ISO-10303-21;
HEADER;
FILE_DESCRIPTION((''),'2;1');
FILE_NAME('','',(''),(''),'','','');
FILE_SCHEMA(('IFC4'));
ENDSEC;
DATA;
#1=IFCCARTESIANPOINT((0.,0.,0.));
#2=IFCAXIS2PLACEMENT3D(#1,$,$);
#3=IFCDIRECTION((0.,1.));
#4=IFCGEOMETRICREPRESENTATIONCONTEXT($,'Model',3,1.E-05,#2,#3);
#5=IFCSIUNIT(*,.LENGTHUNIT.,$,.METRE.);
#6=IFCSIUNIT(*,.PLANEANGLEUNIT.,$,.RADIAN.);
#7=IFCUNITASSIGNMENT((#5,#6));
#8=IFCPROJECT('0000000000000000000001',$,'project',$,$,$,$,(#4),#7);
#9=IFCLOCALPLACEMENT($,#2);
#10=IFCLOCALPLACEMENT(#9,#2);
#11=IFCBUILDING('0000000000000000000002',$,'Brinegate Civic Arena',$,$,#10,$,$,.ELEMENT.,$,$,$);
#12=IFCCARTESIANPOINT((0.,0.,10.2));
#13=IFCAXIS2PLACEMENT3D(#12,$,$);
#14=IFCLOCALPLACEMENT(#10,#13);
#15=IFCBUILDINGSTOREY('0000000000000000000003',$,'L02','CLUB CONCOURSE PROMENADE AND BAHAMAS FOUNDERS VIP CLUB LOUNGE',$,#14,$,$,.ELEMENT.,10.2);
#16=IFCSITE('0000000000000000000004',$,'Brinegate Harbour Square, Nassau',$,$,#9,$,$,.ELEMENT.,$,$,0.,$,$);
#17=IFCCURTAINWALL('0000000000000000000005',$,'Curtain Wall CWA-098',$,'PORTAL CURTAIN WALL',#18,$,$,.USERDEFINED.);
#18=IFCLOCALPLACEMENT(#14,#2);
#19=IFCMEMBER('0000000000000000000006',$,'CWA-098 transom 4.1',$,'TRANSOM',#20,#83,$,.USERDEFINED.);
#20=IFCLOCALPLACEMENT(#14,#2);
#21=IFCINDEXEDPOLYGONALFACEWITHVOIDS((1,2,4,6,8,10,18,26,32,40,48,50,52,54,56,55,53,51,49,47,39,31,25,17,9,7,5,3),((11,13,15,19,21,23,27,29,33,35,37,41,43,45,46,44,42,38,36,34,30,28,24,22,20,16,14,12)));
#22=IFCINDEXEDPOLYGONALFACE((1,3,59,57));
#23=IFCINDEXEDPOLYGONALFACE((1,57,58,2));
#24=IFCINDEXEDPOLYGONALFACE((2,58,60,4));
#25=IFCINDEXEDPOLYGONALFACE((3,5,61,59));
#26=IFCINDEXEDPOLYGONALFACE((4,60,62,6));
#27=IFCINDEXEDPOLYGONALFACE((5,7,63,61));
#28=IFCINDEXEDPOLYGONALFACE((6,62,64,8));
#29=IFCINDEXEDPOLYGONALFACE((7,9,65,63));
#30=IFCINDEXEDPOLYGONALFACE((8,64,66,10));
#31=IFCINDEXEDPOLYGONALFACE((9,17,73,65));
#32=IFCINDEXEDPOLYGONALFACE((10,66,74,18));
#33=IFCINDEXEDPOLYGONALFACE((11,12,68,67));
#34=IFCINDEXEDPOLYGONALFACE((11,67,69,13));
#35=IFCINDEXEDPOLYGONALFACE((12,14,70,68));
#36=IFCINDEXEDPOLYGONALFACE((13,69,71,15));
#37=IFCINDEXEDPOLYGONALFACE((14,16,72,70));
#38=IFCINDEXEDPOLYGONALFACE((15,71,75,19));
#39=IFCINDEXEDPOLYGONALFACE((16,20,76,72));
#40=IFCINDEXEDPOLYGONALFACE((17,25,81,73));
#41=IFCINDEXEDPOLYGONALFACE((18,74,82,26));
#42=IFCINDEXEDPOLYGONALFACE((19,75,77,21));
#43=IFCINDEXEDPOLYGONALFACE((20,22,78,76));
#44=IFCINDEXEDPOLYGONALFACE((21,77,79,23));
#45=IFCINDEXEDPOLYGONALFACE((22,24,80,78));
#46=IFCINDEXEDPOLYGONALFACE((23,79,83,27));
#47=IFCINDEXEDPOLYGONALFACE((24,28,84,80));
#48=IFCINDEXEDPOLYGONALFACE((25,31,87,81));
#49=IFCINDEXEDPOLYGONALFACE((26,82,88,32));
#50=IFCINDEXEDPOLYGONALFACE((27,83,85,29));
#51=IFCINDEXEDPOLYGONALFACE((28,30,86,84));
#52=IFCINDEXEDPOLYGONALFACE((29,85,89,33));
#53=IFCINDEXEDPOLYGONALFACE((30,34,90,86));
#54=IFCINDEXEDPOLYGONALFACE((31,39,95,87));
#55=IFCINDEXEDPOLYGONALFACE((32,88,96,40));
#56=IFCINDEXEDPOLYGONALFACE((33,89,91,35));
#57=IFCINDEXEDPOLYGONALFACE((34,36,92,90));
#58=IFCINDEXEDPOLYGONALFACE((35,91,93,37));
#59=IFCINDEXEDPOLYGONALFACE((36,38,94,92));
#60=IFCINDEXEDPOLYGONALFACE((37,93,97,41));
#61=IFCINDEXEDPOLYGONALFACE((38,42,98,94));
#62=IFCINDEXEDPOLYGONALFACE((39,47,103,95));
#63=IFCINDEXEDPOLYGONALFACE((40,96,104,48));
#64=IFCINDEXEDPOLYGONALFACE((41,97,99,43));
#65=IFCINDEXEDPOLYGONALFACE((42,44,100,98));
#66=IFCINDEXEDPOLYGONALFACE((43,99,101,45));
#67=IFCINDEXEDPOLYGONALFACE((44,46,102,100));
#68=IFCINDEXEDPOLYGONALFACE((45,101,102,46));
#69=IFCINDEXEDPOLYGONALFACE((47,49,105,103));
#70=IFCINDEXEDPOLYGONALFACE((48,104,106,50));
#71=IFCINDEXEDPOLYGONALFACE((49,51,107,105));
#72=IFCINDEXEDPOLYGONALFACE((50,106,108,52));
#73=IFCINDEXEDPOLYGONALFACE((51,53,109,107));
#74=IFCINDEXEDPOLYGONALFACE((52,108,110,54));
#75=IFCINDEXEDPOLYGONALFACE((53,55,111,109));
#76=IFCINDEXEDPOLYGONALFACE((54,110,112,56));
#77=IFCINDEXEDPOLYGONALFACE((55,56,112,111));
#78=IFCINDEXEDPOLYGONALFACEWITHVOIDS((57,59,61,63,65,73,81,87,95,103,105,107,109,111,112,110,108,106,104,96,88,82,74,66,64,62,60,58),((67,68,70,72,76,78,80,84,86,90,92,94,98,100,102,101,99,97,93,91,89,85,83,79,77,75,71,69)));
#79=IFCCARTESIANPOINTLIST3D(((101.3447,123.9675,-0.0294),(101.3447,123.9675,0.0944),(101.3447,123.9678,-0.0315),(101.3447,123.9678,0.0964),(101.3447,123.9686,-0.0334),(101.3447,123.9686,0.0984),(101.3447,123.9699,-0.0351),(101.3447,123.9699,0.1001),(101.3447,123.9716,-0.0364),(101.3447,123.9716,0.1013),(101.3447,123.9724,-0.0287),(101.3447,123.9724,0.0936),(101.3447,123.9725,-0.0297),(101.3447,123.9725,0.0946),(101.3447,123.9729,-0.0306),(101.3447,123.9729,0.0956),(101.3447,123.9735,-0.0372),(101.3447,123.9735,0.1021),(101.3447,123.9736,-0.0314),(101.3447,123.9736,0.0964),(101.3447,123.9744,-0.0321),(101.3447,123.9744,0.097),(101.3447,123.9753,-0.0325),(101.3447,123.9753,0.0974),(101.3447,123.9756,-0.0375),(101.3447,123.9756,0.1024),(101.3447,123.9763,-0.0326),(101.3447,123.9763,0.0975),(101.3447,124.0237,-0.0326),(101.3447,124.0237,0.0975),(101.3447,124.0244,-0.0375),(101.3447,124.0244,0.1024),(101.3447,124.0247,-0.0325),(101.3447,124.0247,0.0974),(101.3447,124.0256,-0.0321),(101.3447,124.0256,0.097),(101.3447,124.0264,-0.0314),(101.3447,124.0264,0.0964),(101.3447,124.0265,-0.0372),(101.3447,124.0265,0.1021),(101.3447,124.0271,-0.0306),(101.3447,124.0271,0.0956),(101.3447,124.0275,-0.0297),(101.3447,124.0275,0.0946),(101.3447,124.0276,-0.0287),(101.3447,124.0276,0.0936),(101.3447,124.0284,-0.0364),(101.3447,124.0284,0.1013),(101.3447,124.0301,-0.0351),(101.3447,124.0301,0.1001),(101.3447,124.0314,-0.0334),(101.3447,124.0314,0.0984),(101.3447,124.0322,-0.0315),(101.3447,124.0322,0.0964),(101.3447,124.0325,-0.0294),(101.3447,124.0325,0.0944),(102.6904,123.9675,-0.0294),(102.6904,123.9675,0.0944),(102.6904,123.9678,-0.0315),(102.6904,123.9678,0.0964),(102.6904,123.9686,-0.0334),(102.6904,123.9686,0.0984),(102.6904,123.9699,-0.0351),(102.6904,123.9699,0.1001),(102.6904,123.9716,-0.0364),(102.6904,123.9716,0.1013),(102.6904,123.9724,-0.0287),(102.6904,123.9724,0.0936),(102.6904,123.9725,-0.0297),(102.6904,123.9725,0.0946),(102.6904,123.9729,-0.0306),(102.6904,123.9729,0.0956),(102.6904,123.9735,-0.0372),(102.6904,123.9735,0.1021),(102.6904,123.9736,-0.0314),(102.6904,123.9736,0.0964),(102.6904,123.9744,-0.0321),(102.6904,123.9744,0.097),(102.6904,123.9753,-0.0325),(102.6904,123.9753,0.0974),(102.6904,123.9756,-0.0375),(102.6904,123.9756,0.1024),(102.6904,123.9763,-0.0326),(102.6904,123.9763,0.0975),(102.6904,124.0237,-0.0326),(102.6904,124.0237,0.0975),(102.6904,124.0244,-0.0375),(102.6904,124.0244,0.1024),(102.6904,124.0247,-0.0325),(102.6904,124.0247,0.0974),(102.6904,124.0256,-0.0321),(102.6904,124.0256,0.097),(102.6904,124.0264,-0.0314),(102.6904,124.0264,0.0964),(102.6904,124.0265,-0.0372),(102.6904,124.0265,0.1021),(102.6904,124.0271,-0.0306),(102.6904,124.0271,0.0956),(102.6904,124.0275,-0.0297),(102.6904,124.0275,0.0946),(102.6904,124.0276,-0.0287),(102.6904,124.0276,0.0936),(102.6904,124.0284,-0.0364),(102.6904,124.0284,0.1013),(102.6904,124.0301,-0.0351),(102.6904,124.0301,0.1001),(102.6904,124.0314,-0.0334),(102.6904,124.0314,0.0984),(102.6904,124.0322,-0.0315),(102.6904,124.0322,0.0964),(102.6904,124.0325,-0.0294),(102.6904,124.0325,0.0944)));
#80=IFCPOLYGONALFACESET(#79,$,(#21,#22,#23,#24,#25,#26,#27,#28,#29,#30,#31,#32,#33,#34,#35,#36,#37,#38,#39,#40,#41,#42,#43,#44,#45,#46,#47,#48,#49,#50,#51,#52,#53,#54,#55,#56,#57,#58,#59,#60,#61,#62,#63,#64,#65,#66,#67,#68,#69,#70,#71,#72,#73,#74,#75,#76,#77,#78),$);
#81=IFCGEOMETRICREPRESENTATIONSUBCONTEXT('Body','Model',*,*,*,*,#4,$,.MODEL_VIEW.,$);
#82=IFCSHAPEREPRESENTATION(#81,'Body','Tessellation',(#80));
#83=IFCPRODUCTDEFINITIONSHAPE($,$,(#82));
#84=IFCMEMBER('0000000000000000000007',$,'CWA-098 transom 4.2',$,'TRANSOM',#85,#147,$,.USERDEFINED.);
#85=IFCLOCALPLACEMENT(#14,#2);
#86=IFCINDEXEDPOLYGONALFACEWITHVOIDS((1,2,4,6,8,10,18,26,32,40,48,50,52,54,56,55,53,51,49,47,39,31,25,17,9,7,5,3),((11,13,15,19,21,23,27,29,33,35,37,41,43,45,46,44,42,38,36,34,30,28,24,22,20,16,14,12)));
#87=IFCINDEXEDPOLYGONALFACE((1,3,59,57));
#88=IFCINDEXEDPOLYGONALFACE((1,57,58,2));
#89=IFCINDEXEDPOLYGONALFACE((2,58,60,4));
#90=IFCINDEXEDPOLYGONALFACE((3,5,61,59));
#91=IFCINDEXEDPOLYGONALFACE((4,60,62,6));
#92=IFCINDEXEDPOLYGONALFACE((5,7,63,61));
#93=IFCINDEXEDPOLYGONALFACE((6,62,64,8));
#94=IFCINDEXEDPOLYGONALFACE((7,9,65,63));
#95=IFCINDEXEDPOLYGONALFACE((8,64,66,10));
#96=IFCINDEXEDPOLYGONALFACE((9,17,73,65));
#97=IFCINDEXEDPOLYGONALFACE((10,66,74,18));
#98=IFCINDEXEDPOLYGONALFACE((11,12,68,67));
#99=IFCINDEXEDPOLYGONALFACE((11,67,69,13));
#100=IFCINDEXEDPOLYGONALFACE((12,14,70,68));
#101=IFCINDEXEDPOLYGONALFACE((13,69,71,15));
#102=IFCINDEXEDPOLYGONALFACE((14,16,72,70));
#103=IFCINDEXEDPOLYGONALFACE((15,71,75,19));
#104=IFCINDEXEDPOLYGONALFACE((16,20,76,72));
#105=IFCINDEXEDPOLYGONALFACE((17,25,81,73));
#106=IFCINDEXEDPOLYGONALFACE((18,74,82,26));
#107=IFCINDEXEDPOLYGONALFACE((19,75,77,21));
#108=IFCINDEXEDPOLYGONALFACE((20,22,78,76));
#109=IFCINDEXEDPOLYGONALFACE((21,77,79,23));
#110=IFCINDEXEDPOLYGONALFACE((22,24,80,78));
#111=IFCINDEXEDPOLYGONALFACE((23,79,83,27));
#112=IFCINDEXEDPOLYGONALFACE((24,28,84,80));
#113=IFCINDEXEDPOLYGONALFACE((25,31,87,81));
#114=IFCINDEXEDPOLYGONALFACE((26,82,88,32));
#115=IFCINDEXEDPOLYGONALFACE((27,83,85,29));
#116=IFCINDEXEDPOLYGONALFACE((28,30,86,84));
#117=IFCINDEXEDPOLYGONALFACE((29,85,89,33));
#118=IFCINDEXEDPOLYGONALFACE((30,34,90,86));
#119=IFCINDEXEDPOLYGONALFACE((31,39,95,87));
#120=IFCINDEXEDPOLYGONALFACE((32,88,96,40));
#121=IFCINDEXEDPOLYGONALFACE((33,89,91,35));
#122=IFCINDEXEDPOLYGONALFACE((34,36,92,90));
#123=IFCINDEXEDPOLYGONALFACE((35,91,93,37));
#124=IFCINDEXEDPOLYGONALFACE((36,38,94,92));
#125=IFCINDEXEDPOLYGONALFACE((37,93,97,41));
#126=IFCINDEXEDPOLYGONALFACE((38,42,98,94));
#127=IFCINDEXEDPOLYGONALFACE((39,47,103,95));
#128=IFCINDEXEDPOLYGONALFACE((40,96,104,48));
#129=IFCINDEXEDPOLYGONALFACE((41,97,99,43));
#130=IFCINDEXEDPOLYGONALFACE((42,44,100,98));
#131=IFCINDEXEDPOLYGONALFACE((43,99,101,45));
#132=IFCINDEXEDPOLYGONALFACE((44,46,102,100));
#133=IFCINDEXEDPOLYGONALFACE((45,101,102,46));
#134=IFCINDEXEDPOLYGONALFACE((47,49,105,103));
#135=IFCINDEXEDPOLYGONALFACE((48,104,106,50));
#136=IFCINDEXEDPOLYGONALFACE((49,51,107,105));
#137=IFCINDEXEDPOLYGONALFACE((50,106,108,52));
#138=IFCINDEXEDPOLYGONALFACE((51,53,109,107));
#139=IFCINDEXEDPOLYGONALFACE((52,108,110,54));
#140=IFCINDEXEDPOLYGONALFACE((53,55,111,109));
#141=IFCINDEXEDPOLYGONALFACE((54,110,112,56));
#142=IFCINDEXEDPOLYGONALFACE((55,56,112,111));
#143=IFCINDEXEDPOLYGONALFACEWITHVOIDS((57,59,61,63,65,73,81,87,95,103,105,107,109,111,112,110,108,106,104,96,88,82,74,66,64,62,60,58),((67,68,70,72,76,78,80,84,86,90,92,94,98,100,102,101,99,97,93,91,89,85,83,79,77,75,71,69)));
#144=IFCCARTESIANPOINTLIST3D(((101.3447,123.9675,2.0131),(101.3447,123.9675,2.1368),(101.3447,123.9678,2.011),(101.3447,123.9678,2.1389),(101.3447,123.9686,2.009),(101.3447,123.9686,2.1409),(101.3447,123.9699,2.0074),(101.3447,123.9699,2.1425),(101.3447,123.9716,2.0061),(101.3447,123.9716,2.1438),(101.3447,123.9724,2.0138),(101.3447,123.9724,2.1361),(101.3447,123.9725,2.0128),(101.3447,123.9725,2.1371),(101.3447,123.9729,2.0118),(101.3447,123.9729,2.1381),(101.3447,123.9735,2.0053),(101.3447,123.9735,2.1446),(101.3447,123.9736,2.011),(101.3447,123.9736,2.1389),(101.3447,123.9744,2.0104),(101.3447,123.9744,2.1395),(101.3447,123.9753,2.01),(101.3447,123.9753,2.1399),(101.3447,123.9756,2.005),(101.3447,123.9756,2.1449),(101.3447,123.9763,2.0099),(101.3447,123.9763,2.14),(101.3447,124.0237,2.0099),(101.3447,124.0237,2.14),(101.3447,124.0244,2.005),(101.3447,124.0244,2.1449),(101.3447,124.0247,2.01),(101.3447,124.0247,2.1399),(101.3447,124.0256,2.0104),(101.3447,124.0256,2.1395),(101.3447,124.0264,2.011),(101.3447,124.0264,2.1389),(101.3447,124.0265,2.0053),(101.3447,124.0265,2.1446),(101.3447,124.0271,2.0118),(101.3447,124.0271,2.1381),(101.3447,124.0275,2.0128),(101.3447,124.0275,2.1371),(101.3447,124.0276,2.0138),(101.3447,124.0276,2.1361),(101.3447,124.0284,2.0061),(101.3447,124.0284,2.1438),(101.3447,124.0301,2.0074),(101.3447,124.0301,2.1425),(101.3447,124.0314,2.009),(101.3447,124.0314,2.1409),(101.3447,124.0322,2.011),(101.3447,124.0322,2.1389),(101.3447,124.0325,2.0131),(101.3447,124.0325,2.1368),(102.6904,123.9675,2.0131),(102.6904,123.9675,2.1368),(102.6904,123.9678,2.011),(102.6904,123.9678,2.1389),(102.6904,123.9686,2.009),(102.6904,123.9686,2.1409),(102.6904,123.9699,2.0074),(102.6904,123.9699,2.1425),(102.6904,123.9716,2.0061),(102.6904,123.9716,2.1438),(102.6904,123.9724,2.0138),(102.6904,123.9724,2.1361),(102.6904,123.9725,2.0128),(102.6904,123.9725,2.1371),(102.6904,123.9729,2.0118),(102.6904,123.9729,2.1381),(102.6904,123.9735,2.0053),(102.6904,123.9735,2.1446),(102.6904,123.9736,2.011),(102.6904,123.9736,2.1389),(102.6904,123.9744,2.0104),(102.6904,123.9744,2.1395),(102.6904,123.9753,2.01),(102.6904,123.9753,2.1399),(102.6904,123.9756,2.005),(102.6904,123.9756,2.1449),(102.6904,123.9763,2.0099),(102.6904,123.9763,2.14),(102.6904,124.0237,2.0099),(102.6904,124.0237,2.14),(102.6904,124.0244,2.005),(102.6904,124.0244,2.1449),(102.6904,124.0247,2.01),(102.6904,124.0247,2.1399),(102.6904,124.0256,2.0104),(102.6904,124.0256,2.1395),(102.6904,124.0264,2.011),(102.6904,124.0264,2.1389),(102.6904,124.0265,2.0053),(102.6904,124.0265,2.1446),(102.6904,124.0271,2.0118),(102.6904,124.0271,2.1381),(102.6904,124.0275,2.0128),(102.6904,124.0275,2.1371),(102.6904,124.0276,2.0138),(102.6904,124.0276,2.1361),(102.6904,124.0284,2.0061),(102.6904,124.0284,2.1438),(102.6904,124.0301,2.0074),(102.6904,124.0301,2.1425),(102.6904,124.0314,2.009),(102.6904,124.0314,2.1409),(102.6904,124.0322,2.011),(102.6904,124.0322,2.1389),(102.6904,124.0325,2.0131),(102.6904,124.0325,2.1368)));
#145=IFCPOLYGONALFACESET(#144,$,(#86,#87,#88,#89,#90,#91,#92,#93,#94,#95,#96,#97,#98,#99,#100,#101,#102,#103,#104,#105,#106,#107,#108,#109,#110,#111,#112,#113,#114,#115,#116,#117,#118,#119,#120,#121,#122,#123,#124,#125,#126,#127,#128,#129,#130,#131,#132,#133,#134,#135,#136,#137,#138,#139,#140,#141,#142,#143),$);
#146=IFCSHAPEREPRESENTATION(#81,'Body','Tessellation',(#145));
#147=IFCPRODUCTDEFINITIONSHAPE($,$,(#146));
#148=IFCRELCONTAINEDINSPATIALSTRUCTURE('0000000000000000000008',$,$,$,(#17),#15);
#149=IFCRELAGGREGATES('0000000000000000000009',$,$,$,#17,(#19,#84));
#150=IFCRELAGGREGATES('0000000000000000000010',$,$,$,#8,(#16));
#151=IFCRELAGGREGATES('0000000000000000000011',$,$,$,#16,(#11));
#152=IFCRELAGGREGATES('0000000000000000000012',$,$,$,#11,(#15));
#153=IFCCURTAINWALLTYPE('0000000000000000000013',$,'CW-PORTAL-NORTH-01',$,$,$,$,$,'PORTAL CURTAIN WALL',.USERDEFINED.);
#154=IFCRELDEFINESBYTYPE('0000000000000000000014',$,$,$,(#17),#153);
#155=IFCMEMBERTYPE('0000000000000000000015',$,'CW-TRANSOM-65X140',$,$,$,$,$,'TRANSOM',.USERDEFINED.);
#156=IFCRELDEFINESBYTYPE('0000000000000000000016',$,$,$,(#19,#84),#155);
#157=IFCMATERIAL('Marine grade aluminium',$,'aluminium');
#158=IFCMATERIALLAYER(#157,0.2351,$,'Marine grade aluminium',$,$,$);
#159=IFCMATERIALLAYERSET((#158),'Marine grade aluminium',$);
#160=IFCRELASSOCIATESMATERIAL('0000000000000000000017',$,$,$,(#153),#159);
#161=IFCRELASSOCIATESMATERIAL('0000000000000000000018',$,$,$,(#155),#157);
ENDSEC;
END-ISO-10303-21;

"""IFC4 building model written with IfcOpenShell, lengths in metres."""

from ifc_helpers import new_model, si_unit, direction, frame, origin, origin_2d, place, context, subcontext, project, spatial, hollow_rectangle, extrude, material, layer, layer_set, material_profile, profile_set, type_object, element, aggregate, save


model = new_model("IFC4")

# Units and contexts
model_context = context("Model", 3, precision=1e-05, world=origin(), true_north=direction((0.0, 1.0)))
body_context = subcontext(model_context, "Body", "Model", "MODEL_VIEW")
ifc_project = project(units=[si_unit("LENGTHUNIT", "METRE"), si_unit("PLANEANGLEUNIT", "RADIAN")], contexts=[model_context])

# Site, building, storey
site_placement = place(None, origin())
site = spatial("IfcSite", under=ifc_project, at=site_placement, Name="Brinegate Harbour Square, Nassau", CompositionType="ELEMENT", RefElevation=0.0)
building_placement = place(site_placement, origin())
building = spatial("IfcBuilding", under=site, at=building_placement, Name="Brinegate Civic Arena", CompositionType="ELEMENT")
storey_placement = place(building_placement, frame((0.0, 0.0, 10.2)))
storey = spatial("IfcBuildingStorey", under=building, at=storey_placement, Name="L02", Description="CLUB CONCOURSE PROMENADE AND BAHAMAS FOUNDERS VIP CLUB LOUNGE", CompositionType="ELEMENT", Elevation=10.2)

# Curtain wall, members
ifc_material_1 = material(Name="Marine grade aluminium", Category="aluminium")
ifc_layer_1 = layer(ifc_material_1, 0.2351, Name="Marine grade aluminium")
ifc_layer_set_1 = layer_set([ifc_layer_1], Name="Marine grade aluminium")
curtain_wall_type = type_object("IfcCurtainWallType", Name="CW-PORTAL-NORTH-01", ElementType="PORTAL CURTAIN WALL", PredefinedType="USERDEFINED", material=ifc_layer_set_1)
curtain_wall_placement = place(storey_placement, origin())
curtain_wall = element("IfcCurtainWall", 1, at=curtain_wall_placement, inside=storey, type_object=curtain_wall_type, Name="Curtain Wall CWA-098", ObjectType="PORTAL CURTAIN WALL", PredefinedType="USERDEFINED")
ifc_material_profile_1 = material_profile(ifc_material_1, hollow_rectangle(XDim=0.0649, YDim=0.1399, WallThickness=0.0049, InnerFilletRadius=0.0039, OuterFilletRadius=0.0081, at=origin_2d()), Name="TRN65X140")
ifc_profile_set_1 = profile_set([ifc_material_profile_1], Name="Marine grade aluminium")
member_type_1 = type_object("IfcMemberType", Name="CW-TRANSOM-65X140", ElementType="TRANSOM", PredefinedType="USERDEFINED", material=ifc_profile_set_1)
member_1_placement = place(storey_placement, frame((101.3447, 124.0, 0.0325), z_axis=(1.0, 0.0, 0.0), x_axis=(0.0, 1.0, 0.0)))
member_1 = element("IfcMember", 2, at=member_1_placement, type_object=member_type_1, Name="CWA-098 transom 4.1", ObjectType="TRANSOM", PredefinedType="USERDEFINED", context=body_context, shape_type="SweptSolid", body=[
    extrude(hollow_rectangle(XDim=0.0649, YDim=0.1399, WallThickness=0.0049, InnerFilletRadius=0.0039, OuterFilletRadius=0.0081, at=origin_2d()), origin(), (0.0, 0.0, 1.0), 1.3457),
])
member_2_placement = place(storey_placement, frame((101.3447, 124.0, 2.075), z_axis=(1.0, 0.0, 0.0), x_axis=(0.0, 1.0, 0.0)))
member_2 = element("IfcMember", 3, at=member_2_placement, type_object=member_type_1, Name="CWA-098 transom 4.2", ObjectType="TRANSOM", PredefinedType="USERDEFINED", context=body_context, shape_type="SweptSolid", body=[
    extrude(hollow_rectangle(XDim=0.0649, YDim=0.1399, WallThickness=0.0049, InnerFilletRadius=0.0039, OuterFilletRadius=0.0081, at=origin_2d()), origin(), (0.0, 0.0, 1.0), 1.3457),
])

aggregate(curtain_wall, [member_1, member_2])

save(model, "model.ifc")
